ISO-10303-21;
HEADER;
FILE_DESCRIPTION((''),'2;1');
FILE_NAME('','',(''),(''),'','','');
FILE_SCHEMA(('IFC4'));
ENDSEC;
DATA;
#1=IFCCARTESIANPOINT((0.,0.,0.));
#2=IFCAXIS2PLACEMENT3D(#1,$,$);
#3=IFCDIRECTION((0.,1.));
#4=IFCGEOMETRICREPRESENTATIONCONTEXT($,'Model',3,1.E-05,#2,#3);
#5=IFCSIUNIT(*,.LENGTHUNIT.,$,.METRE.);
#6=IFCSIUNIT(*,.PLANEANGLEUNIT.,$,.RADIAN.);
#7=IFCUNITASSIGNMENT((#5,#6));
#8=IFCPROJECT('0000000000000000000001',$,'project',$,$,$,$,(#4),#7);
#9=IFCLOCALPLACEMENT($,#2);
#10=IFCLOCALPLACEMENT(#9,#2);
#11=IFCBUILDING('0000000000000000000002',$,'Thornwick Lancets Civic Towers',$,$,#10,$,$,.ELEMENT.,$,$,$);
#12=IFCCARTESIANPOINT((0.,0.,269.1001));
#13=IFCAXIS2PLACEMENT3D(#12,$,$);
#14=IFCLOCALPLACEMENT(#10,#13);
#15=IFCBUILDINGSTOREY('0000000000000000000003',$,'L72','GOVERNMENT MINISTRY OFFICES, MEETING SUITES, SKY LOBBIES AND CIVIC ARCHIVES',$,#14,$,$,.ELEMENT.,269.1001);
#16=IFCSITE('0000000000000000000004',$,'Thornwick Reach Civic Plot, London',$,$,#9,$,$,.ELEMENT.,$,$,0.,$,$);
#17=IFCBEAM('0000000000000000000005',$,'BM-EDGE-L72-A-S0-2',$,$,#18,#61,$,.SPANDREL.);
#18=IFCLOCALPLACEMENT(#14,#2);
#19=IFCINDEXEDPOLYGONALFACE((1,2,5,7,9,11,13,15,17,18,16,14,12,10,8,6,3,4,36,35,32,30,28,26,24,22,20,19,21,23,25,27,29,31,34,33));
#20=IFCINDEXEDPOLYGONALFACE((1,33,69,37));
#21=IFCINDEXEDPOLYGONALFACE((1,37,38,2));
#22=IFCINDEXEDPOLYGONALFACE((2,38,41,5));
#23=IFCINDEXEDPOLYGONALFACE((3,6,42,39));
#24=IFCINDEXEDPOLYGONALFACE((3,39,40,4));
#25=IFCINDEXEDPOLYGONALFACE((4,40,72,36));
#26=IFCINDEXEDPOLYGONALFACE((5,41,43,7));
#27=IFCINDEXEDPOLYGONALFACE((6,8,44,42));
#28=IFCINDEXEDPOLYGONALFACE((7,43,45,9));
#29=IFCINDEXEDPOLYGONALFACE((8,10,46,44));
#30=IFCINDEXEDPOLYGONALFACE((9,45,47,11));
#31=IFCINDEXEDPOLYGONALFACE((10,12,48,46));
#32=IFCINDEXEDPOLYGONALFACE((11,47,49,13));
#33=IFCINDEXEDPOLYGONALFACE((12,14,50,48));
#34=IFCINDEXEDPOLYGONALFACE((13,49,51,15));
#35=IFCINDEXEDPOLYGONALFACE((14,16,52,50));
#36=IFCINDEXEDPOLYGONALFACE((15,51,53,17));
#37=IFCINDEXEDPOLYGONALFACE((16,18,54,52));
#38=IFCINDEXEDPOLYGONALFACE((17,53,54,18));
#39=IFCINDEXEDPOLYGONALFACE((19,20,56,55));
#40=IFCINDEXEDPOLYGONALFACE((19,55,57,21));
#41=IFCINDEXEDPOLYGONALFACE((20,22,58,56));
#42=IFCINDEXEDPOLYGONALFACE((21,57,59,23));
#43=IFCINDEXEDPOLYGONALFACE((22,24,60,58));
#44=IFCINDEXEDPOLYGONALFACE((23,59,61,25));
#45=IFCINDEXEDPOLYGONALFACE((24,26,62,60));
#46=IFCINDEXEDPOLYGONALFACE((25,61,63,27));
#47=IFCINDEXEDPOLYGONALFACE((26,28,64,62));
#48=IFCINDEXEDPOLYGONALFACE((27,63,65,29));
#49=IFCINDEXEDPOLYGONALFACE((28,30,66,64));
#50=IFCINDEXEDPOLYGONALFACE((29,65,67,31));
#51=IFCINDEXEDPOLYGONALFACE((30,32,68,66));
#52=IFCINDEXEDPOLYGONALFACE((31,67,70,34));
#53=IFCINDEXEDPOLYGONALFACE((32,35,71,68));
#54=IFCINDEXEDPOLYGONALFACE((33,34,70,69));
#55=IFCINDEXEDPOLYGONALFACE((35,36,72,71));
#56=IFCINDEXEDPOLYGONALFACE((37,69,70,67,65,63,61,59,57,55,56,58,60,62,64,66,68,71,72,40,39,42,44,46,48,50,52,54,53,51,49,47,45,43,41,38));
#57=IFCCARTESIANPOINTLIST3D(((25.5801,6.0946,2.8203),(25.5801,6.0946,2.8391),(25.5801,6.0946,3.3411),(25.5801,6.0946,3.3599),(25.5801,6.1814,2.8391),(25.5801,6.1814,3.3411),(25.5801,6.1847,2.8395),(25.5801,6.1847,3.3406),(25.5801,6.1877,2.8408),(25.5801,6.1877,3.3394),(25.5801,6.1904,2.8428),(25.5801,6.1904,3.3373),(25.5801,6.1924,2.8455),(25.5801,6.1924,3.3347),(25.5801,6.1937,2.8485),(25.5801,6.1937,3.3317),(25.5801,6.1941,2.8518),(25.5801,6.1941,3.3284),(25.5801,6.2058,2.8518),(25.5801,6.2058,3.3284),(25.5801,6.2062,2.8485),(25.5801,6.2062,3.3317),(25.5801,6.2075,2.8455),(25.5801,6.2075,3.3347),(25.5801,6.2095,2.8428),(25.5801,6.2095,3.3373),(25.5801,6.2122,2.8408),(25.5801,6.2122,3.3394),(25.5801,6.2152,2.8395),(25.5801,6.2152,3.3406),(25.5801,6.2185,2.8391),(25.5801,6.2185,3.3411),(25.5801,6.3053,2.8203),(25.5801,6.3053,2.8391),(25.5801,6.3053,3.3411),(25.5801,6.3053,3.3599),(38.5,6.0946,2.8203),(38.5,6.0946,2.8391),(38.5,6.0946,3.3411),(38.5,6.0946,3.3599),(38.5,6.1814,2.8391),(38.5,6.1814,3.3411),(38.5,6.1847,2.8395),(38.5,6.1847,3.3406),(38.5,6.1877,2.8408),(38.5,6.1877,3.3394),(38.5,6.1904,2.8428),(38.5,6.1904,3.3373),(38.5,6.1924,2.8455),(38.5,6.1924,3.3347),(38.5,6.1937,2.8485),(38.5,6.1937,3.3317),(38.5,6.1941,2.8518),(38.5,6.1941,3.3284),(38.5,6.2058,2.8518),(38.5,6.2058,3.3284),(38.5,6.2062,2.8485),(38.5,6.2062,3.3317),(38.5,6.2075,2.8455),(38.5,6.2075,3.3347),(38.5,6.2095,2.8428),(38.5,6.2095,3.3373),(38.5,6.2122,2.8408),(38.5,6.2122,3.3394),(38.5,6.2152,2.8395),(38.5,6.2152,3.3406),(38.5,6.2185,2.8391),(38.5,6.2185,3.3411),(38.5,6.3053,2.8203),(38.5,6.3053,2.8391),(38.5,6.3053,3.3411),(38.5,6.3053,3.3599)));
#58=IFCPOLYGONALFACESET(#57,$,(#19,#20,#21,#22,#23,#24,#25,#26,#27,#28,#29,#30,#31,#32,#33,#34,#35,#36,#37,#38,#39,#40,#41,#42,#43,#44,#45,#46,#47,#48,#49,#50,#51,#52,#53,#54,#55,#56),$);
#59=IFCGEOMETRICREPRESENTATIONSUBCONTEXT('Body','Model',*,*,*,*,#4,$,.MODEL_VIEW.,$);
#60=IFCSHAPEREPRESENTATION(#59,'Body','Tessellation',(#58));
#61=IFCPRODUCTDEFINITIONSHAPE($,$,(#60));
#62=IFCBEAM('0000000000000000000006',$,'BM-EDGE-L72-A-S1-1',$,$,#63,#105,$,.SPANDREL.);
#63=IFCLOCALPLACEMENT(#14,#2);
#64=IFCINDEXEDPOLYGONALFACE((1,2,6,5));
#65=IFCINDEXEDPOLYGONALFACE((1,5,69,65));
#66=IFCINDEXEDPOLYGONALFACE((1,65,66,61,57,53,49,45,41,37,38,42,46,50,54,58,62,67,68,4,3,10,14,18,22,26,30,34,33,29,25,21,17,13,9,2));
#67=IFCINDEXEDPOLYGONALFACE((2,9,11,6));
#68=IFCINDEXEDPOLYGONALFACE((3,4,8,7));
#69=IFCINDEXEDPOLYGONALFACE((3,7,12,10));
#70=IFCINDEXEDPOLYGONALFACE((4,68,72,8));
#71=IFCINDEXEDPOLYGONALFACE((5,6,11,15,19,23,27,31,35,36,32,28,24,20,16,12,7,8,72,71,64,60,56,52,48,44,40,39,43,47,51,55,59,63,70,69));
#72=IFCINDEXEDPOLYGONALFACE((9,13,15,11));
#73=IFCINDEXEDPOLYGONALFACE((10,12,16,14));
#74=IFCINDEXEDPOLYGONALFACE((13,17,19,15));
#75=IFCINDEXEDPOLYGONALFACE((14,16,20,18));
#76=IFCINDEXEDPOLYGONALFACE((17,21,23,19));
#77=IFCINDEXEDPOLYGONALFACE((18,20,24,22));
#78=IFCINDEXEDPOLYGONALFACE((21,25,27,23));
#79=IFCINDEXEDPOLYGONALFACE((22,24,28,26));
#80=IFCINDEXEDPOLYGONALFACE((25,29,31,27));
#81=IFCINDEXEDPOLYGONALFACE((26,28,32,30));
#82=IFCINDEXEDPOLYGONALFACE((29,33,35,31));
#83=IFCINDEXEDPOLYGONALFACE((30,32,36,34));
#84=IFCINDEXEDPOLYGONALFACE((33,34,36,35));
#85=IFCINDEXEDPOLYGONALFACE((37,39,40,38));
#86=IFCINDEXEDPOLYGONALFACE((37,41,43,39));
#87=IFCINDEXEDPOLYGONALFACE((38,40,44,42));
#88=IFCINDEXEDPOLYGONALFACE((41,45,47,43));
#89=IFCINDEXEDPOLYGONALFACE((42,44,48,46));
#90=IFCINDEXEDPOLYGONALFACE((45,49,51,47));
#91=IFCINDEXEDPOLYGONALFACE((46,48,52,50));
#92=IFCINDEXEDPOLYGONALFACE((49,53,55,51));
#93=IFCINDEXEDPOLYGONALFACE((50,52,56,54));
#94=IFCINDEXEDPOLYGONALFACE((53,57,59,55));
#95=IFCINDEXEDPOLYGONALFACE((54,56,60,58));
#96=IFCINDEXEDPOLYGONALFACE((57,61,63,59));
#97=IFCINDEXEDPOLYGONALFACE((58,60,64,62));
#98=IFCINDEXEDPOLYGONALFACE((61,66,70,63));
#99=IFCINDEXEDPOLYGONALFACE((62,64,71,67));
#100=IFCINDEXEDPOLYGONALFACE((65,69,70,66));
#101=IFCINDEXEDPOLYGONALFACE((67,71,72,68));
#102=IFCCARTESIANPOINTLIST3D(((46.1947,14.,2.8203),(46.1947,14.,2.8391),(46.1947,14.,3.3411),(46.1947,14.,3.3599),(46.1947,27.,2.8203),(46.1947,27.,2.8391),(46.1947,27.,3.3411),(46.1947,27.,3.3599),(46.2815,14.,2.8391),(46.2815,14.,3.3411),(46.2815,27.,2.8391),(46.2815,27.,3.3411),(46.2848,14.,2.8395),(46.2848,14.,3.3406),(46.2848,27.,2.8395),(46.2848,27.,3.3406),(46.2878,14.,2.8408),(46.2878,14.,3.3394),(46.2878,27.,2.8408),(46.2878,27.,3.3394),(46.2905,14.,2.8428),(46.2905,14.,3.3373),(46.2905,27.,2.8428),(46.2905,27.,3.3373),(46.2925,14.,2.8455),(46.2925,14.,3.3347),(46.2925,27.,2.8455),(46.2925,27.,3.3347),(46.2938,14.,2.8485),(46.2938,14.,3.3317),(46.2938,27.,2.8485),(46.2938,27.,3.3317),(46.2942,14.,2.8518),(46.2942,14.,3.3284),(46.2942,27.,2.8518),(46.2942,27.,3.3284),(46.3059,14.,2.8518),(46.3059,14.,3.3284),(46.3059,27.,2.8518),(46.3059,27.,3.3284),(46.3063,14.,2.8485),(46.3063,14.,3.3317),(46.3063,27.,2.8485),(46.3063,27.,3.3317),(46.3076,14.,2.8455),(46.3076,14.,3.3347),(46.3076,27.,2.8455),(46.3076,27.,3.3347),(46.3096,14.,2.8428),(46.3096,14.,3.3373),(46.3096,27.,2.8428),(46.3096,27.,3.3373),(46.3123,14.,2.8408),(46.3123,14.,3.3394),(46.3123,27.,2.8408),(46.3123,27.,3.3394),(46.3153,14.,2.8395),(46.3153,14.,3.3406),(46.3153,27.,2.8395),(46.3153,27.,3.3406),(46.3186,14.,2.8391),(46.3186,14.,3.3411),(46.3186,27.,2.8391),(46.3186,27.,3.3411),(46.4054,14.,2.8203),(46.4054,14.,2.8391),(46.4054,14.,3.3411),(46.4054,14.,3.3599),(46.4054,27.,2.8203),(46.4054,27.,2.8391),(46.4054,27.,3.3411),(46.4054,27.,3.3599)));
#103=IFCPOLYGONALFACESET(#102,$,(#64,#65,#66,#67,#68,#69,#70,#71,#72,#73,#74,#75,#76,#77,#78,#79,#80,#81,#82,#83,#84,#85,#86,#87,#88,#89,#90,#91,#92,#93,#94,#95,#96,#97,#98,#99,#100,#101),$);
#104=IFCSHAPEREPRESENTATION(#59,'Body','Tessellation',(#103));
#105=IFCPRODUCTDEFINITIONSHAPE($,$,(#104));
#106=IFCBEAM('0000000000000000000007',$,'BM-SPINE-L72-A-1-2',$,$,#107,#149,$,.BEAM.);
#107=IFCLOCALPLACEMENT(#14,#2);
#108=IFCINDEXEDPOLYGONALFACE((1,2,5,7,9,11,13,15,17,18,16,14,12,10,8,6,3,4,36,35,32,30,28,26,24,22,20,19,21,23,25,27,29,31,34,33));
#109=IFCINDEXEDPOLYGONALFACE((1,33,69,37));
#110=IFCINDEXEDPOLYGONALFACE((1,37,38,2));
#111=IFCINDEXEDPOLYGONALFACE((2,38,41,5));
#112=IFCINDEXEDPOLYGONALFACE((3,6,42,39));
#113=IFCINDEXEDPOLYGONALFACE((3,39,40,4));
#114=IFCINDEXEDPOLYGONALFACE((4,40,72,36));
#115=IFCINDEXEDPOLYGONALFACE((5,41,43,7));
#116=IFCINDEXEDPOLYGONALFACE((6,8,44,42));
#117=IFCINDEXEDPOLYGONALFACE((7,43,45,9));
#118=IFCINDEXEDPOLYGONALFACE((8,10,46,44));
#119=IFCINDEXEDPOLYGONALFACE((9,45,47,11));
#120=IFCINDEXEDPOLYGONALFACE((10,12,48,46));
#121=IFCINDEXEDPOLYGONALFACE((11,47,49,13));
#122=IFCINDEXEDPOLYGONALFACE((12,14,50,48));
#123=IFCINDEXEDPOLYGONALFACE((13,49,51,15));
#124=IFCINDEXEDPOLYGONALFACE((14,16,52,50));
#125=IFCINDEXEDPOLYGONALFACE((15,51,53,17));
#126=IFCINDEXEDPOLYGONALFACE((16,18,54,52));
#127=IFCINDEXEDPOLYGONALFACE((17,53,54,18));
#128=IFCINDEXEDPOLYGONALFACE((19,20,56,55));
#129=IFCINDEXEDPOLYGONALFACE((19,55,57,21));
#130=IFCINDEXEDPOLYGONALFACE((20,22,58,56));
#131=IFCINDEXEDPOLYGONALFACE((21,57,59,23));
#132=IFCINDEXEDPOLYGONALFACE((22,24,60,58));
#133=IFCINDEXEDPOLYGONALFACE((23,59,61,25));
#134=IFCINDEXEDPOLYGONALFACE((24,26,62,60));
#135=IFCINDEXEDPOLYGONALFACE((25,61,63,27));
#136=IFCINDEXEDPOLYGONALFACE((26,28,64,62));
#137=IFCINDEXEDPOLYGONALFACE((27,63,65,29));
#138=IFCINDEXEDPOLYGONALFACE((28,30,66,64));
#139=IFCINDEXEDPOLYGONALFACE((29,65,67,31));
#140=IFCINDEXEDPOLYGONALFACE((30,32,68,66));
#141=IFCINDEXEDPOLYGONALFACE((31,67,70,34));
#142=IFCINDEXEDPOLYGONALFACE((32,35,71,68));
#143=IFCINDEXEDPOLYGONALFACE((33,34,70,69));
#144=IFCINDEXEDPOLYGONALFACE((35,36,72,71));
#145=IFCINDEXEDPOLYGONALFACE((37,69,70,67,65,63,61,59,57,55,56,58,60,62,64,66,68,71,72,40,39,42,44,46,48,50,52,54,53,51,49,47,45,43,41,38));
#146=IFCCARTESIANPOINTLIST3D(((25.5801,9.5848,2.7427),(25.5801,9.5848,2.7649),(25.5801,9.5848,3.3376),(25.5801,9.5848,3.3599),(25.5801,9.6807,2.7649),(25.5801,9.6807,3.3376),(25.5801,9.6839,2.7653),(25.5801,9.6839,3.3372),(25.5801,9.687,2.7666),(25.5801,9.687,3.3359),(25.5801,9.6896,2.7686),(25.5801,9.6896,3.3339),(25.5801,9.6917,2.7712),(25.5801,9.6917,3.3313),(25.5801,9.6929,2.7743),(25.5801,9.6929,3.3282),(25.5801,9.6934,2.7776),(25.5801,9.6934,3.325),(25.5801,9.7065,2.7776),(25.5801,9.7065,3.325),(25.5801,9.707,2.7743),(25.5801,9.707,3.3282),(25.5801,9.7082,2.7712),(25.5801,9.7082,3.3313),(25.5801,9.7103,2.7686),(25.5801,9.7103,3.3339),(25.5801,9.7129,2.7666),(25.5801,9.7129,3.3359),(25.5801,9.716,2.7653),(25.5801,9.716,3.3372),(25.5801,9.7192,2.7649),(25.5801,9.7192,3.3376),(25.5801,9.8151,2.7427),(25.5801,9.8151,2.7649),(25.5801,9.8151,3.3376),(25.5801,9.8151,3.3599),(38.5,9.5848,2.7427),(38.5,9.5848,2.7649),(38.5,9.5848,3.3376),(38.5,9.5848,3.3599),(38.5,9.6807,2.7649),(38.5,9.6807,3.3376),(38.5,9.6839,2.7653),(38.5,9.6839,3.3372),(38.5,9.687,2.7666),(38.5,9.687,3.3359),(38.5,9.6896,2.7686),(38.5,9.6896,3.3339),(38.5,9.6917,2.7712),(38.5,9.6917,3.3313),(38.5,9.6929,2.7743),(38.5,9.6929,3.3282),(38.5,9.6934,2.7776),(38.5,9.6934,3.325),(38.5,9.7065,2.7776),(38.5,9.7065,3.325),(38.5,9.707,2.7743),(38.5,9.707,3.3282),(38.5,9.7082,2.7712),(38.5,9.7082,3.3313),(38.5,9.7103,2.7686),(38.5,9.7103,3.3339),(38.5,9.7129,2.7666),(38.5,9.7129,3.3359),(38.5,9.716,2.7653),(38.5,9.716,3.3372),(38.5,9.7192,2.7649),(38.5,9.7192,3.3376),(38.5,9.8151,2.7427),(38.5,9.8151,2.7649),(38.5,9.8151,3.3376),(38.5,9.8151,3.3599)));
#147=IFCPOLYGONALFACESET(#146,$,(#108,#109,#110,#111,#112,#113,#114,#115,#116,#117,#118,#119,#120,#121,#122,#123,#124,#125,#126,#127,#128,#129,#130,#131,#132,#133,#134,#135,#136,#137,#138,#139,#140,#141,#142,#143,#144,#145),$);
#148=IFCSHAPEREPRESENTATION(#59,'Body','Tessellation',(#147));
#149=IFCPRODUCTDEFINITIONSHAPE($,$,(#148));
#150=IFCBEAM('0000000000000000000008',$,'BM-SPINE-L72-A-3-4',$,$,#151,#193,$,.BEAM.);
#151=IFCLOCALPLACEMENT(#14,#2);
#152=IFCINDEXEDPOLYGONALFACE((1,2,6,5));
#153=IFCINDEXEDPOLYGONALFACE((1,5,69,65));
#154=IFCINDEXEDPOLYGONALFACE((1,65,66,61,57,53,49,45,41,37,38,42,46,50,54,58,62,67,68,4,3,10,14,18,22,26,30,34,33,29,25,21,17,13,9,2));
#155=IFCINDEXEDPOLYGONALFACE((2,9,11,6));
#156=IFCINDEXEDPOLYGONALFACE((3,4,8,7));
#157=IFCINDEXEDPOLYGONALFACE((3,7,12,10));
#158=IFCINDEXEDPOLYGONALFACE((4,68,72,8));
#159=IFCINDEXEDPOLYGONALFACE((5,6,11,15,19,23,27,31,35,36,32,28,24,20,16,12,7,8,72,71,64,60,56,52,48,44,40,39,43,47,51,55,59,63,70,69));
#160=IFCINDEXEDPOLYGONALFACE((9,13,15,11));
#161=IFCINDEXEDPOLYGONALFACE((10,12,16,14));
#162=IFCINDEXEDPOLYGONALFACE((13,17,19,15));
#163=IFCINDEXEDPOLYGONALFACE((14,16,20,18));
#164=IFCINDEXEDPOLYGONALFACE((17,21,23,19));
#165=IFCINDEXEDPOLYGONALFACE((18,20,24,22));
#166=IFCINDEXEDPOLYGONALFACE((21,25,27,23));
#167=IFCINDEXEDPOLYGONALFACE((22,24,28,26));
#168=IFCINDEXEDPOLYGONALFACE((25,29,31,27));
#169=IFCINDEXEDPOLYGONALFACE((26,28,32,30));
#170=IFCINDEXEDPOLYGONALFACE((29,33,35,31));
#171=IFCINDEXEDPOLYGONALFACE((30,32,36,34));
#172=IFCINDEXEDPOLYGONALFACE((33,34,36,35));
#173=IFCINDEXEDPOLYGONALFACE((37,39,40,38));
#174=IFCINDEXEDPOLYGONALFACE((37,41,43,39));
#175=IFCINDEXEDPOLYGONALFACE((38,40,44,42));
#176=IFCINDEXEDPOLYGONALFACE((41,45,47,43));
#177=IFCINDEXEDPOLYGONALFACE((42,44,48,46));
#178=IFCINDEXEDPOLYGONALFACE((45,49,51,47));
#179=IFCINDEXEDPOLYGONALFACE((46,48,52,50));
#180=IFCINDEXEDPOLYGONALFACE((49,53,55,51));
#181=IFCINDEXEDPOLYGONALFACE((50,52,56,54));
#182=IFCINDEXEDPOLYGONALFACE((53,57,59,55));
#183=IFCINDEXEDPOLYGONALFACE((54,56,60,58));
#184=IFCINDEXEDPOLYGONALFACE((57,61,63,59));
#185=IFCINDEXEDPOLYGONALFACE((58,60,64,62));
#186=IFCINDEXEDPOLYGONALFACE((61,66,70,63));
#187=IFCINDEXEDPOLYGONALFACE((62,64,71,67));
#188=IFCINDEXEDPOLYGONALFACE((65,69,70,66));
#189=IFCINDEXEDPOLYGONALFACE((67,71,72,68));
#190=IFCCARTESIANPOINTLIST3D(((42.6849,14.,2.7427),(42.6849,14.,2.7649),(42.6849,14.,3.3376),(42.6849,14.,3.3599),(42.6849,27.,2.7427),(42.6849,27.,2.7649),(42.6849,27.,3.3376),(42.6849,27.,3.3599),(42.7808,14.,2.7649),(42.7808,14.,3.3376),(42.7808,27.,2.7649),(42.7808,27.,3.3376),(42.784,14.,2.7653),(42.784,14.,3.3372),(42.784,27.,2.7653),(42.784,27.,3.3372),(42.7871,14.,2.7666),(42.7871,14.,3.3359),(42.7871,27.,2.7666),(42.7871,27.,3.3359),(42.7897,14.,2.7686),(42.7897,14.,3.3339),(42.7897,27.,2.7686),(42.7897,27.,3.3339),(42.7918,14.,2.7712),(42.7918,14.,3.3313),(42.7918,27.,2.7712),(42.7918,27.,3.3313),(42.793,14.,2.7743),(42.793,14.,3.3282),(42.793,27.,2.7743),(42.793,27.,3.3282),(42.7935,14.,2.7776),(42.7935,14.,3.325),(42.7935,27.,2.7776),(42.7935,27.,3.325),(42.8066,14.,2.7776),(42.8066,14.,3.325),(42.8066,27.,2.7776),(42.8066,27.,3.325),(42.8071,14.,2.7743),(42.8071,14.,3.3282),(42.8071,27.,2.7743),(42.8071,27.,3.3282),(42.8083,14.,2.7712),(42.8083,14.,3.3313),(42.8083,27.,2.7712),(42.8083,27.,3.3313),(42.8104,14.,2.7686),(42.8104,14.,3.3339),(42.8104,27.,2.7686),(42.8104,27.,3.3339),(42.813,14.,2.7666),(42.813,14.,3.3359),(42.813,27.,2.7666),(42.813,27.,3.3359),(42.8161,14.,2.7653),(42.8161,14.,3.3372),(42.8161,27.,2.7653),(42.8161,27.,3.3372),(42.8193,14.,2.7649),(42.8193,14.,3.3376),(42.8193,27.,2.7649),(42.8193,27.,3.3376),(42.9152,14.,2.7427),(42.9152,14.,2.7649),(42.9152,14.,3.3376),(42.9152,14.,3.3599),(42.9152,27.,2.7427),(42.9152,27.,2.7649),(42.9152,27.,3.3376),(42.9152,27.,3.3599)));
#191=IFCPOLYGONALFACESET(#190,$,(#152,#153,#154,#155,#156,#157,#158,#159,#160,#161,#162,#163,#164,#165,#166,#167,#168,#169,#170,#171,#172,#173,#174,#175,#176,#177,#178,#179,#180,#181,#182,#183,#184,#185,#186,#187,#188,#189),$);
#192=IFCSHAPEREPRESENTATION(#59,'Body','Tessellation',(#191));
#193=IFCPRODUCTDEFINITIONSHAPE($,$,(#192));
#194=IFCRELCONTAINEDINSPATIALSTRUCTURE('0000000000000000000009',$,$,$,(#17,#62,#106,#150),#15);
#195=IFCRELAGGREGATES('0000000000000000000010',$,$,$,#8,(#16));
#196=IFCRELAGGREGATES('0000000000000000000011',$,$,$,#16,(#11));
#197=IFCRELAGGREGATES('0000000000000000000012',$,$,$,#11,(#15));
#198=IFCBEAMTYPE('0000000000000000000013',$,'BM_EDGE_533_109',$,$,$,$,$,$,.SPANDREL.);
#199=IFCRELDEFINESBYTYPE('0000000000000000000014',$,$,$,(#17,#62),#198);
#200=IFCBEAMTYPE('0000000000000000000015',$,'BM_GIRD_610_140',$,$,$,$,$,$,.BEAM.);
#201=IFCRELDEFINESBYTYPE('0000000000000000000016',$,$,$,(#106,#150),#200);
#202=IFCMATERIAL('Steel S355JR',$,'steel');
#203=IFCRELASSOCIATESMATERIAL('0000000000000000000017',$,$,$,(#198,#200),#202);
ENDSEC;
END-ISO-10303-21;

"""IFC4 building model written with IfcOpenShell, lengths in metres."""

from ifc_helpers import new_model, si_unit, direction, frame, origin, origin_2d, place, context, subcontext, project, spatial, i_section, extrude, material, material_profile, profile_set, type_object, element, save


model = new_model("IFC4")

# Units and contexts
model_context = context("Model", 3, precision=1e-05, world=origin(), true_north=direction((0.0, 1.0)))
body_context = subcontext(model_context, "Body", "Model", "MODEL_VIEW")
ifc_project = project(units=[si_unit("LENGTHUNIT", "METRE"), si_unit("PLANEANGLEUNIT", "RADIAN")], contexts=[model_context])

# Site, building, storey
site_placement = place(None, origin())
site = spatial("IfcSite", under=ifc_project, at=site_placement, Name="Thornwick Reach Civic Plot, London", CompositionType="ELEMENT", RefElevation=0.0)
building_placement = place(site_placement, origin())
building = spatial("IfcBuilding", under=site, at=building_placement, Name="Thornwick Lancets Civic Towers", CompositionType="ELEMENT")
storey_placement = place(building_placement, frame((0.0, 0.0, 269.1001)))
storey = spatial("IfcBuildingStorey", under=building, at=storey_placement, Name="L72", Description="GOVERNMENT MINISTRY OFFICES, MEETING SUITES, SKY LOBBIES AND CIVIC ARCHIVES", CompositionType="ELEMENT", Elevation=269.1001)

# Shared definitions
ifc_material_1 = material(Name="Steel S355JR", Category="steel")

# Beams
ifc_material_profile_1 = material_profile(ifc_material_1, i_section(OverallWidth=0.2107, OverallDepth=0.5396, WebThickness=0.0117, FlangeThickness=0.0188, FilletRadius=0.0127, at=origin_2d()), Name="UKB 533x210x109")
ifc_profile_set_1 = profile_set([ifc_material_profile_1], Name="Steel S355JR")
beam_type_1 = type_object("IfcBeamType", Name="BM_EDGE_533_109", PredefinedType="SPANDREL", material=ifc_profile_set_1)
beam_1_placement = place(storey_placement, frame((25.5801, 6.2, 3.0901), z_axis=(1.0, 0.0, 0.0), x_axis=(0.0, 1.0, 0.0)))
element("IfcBeam", 1, at=beam_1_placement, inside=storey, type_object=beam_type_1, Name="BM-EDGE-L72-A-S0-2", PredefinedType="SPANDREL", context=body_context, shape_type="SweptSolid", body=[
    extrude(i_section(OverallWidth=0.2107, OverallDepth=0.5396, WebThickness=0.0117, FlangeThickness=0.0188, FilletRadius=0.0127, at=origin_2d()), origin(), (0.0, 0.0, 1.0), 12.9199),
])
beam_2_placement = place(storey_placement, frame((46.3, 14.0, 3.0901), z_axis=(0.0, 1.0, 0.0), x_axis=(-1.0, 0.0, 0.0)))
element("IfcBeam", 2, at=beam_2_placement, inside=storey, type_object=beam_type_1, Name="BM-EDGE-L72-A-S1-1", PredefinedType="SPANDREL", context=body_context, shape_type="SweptSolid", body=[
    extrude(i_section(OverallWidth=0.2107, OverallDepth=0.5396, WebThickness=0.0117, FlangeThickness=0.0188, FilletRadius=0.0127, at=origin_2d()), origin(), (0.0, 0.0, 1.0), 13.0),
])
ifc_material_profile_2 = material_profile(ifc_material_1, i_section(OverallWidth=0.2302, OverallDepth=0.6172, WebThickness=0.0132, FlangeThickness=0.0222, FilletRadius=0.0127, at=origin_2d()), Name="UKB 610x229x140")
ifc_profile_set_2 = profile_set([ifc_material_profile_2], Name="Steel S355JR")
beam_type_2 = type_object("IfcBeamType", Name="BM_GIRD_610_140", PredefinedType="BEAM", material=ifc_profile_set_2)
beam_3_placement = place(storey_placement, frame((25.5801, 9.7, 3.0513), z_axis=(1.0, 0.0, 0.0), x_axis=(0.0, 1.0, 0.0)))
element("IfcBeam", 3, at=beam_3_placement, inside=storey, type_object=beam_type_2, Name="BM-SPINE-L72-A-1-2", PredefinedType="BEAM", context=body_context, shape_type="SweptSolid", body=[
    extrude(i_section(OverallWidth=0.2302, OverallDepth=0.6172, WebThickness=0.0132, FlangeThickness=0.0222, FilletRadius=0.0127, at=origin_2d()), origin(), (0.0, 0.0, 1.0), 12.9199),
])
beam_4_placement = place(storey_placement, frame((42.8, 14.0, 3.0513), z_axis=(0.0, 1.0, 0.0), x_axis=(-1.0, 0.0, 0.0)))
element("IfcBeam", 4, at=beam_4_placement, inside=storey, type_object=beam_type_2, Name="BM-SPINE-L72-A-3-4", PredefinedType="BEAM", context=body_context, shape_type="SweptSolid", body=[
    extrude(i_section(OverallWidth=0.2302, OverallDepth=0.6172, WebThickness=0.0132, FlangeThickness=0.0222, FilletRadius=0.0127, at=origin_2d()), origin(), (0.0, 0.0, 1.0), 13.0),
])

save(model, "model.ifc")
